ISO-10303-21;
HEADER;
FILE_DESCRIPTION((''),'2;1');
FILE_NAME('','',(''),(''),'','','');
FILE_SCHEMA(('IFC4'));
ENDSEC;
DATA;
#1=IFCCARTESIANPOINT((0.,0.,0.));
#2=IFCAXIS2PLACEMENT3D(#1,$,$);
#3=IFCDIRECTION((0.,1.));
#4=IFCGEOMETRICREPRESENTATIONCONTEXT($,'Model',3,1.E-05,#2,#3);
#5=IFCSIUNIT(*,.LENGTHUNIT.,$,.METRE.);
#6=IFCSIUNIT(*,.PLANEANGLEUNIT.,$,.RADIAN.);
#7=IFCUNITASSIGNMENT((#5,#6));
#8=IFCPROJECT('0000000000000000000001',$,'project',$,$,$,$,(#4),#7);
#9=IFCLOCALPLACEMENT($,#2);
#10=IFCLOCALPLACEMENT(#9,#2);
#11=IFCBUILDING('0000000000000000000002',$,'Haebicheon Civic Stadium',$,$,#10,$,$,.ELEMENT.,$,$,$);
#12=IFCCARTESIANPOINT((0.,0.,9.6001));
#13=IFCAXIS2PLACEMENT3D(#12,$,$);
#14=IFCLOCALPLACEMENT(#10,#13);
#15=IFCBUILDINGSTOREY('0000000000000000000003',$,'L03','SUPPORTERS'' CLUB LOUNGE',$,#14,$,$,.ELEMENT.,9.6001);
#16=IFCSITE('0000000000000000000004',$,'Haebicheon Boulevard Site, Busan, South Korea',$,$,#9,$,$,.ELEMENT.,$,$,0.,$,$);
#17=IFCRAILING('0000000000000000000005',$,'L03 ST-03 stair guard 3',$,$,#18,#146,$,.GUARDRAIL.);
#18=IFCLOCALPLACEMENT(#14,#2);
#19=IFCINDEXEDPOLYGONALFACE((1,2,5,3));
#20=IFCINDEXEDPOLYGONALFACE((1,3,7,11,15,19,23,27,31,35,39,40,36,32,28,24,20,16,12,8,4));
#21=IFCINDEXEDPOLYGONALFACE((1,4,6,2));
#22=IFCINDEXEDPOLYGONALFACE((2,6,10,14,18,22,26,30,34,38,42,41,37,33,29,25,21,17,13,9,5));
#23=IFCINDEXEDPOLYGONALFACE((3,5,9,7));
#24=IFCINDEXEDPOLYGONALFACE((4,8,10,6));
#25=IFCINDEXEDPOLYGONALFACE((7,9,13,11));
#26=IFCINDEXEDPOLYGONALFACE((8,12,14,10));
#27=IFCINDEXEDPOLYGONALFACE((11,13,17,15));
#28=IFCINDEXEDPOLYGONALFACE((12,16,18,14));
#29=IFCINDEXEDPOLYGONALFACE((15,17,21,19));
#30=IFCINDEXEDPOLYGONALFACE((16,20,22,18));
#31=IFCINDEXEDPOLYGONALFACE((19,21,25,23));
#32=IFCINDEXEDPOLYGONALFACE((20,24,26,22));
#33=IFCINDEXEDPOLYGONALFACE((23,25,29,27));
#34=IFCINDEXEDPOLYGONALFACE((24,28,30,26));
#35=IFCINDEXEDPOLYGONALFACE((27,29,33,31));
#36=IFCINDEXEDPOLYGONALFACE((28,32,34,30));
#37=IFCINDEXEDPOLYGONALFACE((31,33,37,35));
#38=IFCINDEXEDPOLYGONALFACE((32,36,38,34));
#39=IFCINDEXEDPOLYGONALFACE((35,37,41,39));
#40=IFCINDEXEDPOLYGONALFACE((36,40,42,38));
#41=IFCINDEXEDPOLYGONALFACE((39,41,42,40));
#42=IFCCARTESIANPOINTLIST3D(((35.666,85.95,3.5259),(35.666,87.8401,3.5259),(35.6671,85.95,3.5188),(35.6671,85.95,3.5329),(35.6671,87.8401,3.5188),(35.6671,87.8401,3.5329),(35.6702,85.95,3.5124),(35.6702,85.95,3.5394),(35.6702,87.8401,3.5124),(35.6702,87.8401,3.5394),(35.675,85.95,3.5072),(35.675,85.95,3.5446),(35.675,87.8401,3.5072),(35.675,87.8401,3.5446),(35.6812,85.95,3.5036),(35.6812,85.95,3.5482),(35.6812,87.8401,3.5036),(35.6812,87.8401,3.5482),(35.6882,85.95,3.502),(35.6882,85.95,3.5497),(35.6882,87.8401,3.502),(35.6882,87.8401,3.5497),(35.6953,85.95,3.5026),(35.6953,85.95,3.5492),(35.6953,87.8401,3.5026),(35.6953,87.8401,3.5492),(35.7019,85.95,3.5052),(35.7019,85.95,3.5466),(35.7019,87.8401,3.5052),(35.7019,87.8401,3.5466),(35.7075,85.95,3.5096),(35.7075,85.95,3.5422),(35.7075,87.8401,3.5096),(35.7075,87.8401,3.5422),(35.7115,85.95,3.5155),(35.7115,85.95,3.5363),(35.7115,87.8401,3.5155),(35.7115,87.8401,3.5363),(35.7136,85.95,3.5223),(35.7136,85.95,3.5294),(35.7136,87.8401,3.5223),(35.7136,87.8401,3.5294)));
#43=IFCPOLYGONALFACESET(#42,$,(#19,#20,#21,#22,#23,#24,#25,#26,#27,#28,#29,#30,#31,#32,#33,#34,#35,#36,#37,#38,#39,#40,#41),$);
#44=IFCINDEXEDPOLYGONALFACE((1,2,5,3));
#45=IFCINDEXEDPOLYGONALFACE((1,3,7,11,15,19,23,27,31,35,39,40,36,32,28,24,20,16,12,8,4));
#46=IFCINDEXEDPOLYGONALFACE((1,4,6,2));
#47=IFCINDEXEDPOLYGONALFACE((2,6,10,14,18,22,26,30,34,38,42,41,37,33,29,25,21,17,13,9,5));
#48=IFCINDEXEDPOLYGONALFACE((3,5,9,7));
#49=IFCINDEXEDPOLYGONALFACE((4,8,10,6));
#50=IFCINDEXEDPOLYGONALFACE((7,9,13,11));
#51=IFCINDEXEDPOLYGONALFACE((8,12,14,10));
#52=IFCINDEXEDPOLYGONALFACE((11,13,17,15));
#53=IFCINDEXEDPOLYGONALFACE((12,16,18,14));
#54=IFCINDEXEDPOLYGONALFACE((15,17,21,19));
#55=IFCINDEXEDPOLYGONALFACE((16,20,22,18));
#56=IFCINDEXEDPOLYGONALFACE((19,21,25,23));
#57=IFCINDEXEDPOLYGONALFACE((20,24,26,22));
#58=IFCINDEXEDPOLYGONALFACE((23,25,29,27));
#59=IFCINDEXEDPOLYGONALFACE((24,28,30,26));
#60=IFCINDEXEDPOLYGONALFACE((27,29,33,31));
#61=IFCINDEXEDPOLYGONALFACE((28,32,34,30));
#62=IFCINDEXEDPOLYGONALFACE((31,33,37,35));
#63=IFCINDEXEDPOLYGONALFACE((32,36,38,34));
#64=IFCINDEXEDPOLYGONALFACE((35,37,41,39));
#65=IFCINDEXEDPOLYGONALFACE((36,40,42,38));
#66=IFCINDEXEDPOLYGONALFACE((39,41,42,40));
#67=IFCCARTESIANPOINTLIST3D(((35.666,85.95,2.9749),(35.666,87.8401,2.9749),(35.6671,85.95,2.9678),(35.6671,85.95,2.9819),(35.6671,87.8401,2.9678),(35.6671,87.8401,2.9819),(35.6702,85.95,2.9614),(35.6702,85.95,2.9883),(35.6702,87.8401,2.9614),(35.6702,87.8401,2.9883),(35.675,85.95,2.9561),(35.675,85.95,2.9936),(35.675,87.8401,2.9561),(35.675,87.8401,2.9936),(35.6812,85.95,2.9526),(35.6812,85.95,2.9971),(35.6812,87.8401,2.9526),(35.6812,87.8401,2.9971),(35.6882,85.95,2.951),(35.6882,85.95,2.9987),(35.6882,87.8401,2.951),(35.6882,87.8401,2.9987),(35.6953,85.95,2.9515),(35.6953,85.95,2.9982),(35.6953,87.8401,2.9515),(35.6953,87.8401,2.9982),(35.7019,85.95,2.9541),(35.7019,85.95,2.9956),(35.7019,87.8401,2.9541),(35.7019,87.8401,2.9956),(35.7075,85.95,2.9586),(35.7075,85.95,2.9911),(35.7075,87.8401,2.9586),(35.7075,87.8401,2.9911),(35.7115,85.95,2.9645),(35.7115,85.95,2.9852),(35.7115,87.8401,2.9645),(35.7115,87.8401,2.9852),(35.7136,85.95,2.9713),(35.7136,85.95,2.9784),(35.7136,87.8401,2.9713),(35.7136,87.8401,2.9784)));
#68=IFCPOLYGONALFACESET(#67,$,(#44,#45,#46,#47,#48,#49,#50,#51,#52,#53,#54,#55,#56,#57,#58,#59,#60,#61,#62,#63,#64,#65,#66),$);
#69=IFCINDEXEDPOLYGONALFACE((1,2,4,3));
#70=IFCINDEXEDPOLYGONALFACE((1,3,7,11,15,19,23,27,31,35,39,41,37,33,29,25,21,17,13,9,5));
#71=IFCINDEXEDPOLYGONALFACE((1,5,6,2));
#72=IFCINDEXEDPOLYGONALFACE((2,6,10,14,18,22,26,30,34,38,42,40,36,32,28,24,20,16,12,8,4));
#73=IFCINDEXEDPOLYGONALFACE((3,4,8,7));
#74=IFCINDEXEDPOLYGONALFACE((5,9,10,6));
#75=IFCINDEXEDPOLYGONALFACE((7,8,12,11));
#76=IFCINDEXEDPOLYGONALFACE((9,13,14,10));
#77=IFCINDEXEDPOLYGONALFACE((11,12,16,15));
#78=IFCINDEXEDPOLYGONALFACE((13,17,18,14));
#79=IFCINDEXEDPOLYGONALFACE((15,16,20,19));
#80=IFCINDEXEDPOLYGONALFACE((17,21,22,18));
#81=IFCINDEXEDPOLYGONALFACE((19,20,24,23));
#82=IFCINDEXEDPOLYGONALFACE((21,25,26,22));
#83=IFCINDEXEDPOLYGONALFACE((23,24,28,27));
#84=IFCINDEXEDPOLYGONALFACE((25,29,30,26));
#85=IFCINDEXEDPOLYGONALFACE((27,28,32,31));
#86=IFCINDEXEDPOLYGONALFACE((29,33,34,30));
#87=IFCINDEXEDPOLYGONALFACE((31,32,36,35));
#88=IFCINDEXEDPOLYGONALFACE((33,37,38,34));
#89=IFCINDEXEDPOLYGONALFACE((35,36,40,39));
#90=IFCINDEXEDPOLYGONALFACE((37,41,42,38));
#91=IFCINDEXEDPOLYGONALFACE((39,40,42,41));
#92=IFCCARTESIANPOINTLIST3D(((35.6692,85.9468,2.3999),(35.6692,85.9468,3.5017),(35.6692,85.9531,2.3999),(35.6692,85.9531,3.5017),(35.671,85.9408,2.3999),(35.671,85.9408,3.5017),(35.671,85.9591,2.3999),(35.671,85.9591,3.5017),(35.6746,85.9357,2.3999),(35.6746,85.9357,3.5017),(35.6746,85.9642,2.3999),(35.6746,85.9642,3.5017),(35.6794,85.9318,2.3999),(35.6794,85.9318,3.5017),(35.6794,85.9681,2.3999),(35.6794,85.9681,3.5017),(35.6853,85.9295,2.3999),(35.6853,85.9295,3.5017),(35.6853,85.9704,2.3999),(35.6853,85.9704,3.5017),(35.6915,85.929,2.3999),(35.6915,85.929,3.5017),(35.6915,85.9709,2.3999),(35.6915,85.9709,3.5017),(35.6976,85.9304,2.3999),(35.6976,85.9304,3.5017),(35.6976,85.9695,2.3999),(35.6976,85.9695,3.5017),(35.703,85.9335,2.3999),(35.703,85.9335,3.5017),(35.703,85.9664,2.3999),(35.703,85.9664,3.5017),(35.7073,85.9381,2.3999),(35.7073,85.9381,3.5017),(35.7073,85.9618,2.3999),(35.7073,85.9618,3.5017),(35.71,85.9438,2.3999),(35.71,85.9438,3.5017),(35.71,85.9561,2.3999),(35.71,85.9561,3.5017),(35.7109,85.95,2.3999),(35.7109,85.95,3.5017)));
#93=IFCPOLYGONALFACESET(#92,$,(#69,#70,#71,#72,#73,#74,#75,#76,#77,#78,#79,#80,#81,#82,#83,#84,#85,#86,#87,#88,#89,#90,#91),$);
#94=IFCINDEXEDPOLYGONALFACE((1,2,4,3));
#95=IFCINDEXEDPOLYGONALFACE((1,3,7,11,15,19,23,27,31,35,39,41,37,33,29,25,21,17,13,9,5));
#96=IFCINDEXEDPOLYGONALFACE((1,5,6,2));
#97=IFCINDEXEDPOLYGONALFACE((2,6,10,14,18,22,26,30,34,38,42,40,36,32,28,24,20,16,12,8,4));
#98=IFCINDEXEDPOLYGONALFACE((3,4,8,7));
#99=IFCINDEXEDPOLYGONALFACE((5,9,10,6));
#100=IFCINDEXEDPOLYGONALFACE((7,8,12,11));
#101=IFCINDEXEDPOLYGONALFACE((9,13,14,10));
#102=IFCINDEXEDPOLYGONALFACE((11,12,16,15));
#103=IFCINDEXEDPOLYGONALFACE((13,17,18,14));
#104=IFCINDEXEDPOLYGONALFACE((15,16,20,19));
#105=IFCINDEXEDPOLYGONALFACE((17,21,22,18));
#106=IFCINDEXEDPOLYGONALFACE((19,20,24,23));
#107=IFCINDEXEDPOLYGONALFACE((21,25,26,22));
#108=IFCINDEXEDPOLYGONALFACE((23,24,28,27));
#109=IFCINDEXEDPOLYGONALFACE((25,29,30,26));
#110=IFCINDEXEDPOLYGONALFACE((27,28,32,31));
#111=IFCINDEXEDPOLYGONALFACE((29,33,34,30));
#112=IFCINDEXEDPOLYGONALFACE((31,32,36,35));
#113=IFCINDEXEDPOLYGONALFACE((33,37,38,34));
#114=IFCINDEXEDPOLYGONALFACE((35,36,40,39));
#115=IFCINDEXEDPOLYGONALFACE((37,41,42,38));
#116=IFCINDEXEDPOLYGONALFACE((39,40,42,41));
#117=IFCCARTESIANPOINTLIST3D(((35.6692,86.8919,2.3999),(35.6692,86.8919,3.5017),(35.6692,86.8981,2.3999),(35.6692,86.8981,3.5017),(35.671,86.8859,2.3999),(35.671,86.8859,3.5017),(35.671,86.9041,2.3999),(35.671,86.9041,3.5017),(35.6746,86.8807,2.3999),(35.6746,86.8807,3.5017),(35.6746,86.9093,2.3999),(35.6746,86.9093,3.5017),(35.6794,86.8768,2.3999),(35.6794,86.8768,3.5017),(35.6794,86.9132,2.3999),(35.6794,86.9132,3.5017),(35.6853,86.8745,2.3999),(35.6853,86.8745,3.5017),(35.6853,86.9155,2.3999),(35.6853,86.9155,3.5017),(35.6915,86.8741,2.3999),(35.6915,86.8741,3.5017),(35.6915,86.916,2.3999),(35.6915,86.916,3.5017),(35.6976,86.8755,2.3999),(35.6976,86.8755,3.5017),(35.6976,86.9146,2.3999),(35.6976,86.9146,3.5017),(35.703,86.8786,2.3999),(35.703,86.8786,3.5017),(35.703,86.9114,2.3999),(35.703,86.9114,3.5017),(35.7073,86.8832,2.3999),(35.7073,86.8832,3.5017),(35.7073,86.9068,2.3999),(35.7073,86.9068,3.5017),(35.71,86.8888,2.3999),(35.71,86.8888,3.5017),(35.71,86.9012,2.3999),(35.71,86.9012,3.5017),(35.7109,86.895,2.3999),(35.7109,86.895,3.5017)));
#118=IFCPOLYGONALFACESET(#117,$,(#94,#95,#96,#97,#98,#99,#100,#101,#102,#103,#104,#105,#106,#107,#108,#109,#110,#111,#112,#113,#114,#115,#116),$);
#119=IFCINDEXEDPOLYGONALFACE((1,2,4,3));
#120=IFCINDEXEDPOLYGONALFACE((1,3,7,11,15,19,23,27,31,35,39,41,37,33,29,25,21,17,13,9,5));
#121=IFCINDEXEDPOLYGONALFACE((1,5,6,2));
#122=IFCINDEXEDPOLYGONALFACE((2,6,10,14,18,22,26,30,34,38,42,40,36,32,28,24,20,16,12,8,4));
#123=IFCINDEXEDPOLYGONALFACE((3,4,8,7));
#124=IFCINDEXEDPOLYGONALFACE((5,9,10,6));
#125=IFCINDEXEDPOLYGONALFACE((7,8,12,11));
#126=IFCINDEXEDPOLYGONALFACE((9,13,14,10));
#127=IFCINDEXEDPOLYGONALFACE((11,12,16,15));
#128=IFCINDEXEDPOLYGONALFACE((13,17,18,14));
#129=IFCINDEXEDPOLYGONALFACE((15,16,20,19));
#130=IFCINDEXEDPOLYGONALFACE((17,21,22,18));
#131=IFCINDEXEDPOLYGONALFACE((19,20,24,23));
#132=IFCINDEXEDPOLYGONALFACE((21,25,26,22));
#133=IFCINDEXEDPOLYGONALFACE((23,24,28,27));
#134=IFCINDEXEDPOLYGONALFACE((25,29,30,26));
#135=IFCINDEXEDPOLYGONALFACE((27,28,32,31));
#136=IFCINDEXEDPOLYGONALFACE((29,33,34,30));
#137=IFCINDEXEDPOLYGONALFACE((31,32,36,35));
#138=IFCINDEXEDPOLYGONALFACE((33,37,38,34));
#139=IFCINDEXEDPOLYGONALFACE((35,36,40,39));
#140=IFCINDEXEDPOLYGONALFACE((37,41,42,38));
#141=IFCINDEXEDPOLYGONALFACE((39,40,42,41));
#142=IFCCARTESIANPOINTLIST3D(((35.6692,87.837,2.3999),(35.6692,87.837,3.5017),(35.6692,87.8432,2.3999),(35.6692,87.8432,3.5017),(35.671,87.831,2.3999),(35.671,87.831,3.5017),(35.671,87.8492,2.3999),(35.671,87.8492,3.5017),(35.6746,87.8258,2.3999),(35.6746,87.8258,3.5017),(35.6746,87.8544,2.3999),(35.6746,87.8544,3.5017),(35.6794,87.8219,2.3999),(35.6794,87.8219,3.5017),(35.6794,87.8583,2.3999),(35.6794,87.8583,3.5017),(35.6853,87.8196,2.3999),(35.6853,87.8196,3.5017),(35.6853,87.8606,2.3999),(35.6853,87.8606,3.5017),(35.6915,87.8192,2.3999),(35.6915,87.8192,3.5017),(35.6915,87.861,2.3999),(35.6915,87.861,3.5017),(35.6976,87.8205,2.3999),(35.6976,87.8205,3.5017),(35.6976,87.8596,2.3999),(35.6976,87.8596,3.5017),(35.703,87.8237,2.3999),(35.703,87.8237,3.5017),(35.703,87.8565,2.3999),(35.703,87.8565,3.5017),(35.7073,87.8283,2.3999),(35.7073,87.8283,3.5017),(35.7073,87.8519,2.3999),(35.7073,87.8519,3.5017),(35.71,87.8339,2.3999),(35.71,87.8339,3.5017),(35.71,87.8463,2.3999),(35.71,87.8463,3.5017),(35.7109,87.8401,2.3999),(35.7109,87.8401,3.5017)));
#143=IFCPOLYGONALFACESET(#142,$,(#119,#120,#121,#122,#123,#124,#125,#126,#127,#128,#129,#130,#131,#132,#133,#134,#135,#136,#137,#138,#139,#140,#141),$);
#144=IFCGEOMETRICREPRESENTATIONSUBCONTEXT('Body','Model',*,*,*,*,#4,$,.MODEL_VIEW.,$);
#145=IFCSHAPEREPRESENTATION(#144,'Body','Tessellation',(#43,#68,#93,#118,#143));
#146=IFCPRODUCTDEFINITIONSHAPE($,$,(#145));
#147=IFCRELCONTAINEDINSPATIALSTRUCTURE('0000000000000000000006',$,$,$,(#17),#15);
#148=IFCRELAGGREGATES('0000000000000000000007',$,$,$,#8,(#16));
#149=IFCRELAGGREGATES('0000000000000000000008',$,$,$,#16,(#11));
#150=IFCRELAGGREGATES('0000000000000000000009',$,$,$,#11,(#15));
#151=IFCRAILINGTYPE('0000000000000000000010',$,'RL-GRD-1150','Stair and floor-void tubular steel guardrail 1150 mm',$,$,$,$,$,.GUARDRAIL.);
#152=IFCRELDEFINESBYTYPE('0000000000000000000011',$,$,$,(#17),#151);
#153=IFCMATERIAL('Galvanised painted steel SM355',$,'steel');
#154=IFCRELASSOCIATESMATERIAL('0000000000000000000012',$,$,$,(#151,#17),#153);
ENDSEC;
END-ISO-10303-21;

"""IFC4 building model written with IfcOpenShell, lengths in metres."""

from ifc_helpers import new_model, si_unit, direction, frame, origin, origin_2d, place, context, subcontext, project, spatial, circle, extrude, material, type_object, element, save


model = new_model("IFC4")

# Units and contexts
model_context = context("Model", 3, precision=1e-05, world=origin(), true_north=direction((0.0, 1.0)))
body_context = subcontext(model_context, "Body", "Model", "MODEL_VIEW")
ifc_project = project(units=[si_unit("LENGTHUNIT", "METRE"), si_unit("PLANEANGLEUNIT", "RADIAN")], contexts=[model_context])

# Site, building, storey
site_placement = place(None, origin())
site = spatial("IfcSite", under=ifc_project, at=site_placement, Name="Haebicheon Boulevard Site, Busan, South Korea", CompositionType="ELEMENT", RefElevation=0.0)
building_placement = place(site_placement, origin())
building = spatial("IfcBuilding", under=site, at=building_placement, Name="Haebicheon Civic Stadium", CompositionType="ELEMENT")
storey_placement = place(building_placement, frame((0.0, 0.0, 9.6001)))
storey = spatial("IfcBuildingStorey", under=building, at=storey_placement, Name="L03", Description="SUPPORTERS' CLUB LOUNGE", CompositionType="ELEMENT", Elevation=9.6001)

# Railing
ifc_material_1 = material(Name="Galvanised painted steel SM355", Category="steel")
railing_type_1 = type_object("IfcRailingType", Name="RL-GRD-1150", Description="Stair and floor-void tubular steel guardrail 1150 mm", PredefinedType="GUARDRAIL", material=ifc_material_1)
for number, where, name in (
    (1, (35.6899, 85.95, 2.3999), "L03 ST-03 stair guard 3"),
):
    element("IfcRailing", number, at=place(storey_placement, frame(where)), inside=storey, type_object=railing_type_1, material=ifc_material_1, Name=name, PredefinedType="GUARDRAIL", context=body_context, shape_type="SweptSolid", body=[
        extrude(circle(Radius=0.0239, at=origin_2d()), frame((0.0, 0.0, 1.126), z_axis=(0.0, 1.0, 0.0), x_axis=(-1.0, 0.0, 0.0)), (0.0, 0.0, 1.0), 1.8901),
        extrude(circle(Radius=0.0239, at=origin_2d()), frame((0.0, 0.0, 0.575), z_axis=(0.0, 1.0, 0.0), x_axis=(-1.0, 0.0, 0.0)), (0.0, 0.0, 1.0), 1.8901),
        extrude(circle(Radius=0.021, at=origin_2d()), origin(), (0.0, 0.0, 1.0), 1.1018),
        extrude(circle(Radius=0.021, at=origin_2d()), frame((0.0, 0.9451, 0.0)), (0.0, 0.0, 1.0), 1.1018),
        extrude(circle(Radius=0.021, at=origin_2d()), frame((0.0, 1.8901, 0.0)), (0.0, 0.0, 1.0), 1.1018),
    ])

save(model, "model.ifc")
